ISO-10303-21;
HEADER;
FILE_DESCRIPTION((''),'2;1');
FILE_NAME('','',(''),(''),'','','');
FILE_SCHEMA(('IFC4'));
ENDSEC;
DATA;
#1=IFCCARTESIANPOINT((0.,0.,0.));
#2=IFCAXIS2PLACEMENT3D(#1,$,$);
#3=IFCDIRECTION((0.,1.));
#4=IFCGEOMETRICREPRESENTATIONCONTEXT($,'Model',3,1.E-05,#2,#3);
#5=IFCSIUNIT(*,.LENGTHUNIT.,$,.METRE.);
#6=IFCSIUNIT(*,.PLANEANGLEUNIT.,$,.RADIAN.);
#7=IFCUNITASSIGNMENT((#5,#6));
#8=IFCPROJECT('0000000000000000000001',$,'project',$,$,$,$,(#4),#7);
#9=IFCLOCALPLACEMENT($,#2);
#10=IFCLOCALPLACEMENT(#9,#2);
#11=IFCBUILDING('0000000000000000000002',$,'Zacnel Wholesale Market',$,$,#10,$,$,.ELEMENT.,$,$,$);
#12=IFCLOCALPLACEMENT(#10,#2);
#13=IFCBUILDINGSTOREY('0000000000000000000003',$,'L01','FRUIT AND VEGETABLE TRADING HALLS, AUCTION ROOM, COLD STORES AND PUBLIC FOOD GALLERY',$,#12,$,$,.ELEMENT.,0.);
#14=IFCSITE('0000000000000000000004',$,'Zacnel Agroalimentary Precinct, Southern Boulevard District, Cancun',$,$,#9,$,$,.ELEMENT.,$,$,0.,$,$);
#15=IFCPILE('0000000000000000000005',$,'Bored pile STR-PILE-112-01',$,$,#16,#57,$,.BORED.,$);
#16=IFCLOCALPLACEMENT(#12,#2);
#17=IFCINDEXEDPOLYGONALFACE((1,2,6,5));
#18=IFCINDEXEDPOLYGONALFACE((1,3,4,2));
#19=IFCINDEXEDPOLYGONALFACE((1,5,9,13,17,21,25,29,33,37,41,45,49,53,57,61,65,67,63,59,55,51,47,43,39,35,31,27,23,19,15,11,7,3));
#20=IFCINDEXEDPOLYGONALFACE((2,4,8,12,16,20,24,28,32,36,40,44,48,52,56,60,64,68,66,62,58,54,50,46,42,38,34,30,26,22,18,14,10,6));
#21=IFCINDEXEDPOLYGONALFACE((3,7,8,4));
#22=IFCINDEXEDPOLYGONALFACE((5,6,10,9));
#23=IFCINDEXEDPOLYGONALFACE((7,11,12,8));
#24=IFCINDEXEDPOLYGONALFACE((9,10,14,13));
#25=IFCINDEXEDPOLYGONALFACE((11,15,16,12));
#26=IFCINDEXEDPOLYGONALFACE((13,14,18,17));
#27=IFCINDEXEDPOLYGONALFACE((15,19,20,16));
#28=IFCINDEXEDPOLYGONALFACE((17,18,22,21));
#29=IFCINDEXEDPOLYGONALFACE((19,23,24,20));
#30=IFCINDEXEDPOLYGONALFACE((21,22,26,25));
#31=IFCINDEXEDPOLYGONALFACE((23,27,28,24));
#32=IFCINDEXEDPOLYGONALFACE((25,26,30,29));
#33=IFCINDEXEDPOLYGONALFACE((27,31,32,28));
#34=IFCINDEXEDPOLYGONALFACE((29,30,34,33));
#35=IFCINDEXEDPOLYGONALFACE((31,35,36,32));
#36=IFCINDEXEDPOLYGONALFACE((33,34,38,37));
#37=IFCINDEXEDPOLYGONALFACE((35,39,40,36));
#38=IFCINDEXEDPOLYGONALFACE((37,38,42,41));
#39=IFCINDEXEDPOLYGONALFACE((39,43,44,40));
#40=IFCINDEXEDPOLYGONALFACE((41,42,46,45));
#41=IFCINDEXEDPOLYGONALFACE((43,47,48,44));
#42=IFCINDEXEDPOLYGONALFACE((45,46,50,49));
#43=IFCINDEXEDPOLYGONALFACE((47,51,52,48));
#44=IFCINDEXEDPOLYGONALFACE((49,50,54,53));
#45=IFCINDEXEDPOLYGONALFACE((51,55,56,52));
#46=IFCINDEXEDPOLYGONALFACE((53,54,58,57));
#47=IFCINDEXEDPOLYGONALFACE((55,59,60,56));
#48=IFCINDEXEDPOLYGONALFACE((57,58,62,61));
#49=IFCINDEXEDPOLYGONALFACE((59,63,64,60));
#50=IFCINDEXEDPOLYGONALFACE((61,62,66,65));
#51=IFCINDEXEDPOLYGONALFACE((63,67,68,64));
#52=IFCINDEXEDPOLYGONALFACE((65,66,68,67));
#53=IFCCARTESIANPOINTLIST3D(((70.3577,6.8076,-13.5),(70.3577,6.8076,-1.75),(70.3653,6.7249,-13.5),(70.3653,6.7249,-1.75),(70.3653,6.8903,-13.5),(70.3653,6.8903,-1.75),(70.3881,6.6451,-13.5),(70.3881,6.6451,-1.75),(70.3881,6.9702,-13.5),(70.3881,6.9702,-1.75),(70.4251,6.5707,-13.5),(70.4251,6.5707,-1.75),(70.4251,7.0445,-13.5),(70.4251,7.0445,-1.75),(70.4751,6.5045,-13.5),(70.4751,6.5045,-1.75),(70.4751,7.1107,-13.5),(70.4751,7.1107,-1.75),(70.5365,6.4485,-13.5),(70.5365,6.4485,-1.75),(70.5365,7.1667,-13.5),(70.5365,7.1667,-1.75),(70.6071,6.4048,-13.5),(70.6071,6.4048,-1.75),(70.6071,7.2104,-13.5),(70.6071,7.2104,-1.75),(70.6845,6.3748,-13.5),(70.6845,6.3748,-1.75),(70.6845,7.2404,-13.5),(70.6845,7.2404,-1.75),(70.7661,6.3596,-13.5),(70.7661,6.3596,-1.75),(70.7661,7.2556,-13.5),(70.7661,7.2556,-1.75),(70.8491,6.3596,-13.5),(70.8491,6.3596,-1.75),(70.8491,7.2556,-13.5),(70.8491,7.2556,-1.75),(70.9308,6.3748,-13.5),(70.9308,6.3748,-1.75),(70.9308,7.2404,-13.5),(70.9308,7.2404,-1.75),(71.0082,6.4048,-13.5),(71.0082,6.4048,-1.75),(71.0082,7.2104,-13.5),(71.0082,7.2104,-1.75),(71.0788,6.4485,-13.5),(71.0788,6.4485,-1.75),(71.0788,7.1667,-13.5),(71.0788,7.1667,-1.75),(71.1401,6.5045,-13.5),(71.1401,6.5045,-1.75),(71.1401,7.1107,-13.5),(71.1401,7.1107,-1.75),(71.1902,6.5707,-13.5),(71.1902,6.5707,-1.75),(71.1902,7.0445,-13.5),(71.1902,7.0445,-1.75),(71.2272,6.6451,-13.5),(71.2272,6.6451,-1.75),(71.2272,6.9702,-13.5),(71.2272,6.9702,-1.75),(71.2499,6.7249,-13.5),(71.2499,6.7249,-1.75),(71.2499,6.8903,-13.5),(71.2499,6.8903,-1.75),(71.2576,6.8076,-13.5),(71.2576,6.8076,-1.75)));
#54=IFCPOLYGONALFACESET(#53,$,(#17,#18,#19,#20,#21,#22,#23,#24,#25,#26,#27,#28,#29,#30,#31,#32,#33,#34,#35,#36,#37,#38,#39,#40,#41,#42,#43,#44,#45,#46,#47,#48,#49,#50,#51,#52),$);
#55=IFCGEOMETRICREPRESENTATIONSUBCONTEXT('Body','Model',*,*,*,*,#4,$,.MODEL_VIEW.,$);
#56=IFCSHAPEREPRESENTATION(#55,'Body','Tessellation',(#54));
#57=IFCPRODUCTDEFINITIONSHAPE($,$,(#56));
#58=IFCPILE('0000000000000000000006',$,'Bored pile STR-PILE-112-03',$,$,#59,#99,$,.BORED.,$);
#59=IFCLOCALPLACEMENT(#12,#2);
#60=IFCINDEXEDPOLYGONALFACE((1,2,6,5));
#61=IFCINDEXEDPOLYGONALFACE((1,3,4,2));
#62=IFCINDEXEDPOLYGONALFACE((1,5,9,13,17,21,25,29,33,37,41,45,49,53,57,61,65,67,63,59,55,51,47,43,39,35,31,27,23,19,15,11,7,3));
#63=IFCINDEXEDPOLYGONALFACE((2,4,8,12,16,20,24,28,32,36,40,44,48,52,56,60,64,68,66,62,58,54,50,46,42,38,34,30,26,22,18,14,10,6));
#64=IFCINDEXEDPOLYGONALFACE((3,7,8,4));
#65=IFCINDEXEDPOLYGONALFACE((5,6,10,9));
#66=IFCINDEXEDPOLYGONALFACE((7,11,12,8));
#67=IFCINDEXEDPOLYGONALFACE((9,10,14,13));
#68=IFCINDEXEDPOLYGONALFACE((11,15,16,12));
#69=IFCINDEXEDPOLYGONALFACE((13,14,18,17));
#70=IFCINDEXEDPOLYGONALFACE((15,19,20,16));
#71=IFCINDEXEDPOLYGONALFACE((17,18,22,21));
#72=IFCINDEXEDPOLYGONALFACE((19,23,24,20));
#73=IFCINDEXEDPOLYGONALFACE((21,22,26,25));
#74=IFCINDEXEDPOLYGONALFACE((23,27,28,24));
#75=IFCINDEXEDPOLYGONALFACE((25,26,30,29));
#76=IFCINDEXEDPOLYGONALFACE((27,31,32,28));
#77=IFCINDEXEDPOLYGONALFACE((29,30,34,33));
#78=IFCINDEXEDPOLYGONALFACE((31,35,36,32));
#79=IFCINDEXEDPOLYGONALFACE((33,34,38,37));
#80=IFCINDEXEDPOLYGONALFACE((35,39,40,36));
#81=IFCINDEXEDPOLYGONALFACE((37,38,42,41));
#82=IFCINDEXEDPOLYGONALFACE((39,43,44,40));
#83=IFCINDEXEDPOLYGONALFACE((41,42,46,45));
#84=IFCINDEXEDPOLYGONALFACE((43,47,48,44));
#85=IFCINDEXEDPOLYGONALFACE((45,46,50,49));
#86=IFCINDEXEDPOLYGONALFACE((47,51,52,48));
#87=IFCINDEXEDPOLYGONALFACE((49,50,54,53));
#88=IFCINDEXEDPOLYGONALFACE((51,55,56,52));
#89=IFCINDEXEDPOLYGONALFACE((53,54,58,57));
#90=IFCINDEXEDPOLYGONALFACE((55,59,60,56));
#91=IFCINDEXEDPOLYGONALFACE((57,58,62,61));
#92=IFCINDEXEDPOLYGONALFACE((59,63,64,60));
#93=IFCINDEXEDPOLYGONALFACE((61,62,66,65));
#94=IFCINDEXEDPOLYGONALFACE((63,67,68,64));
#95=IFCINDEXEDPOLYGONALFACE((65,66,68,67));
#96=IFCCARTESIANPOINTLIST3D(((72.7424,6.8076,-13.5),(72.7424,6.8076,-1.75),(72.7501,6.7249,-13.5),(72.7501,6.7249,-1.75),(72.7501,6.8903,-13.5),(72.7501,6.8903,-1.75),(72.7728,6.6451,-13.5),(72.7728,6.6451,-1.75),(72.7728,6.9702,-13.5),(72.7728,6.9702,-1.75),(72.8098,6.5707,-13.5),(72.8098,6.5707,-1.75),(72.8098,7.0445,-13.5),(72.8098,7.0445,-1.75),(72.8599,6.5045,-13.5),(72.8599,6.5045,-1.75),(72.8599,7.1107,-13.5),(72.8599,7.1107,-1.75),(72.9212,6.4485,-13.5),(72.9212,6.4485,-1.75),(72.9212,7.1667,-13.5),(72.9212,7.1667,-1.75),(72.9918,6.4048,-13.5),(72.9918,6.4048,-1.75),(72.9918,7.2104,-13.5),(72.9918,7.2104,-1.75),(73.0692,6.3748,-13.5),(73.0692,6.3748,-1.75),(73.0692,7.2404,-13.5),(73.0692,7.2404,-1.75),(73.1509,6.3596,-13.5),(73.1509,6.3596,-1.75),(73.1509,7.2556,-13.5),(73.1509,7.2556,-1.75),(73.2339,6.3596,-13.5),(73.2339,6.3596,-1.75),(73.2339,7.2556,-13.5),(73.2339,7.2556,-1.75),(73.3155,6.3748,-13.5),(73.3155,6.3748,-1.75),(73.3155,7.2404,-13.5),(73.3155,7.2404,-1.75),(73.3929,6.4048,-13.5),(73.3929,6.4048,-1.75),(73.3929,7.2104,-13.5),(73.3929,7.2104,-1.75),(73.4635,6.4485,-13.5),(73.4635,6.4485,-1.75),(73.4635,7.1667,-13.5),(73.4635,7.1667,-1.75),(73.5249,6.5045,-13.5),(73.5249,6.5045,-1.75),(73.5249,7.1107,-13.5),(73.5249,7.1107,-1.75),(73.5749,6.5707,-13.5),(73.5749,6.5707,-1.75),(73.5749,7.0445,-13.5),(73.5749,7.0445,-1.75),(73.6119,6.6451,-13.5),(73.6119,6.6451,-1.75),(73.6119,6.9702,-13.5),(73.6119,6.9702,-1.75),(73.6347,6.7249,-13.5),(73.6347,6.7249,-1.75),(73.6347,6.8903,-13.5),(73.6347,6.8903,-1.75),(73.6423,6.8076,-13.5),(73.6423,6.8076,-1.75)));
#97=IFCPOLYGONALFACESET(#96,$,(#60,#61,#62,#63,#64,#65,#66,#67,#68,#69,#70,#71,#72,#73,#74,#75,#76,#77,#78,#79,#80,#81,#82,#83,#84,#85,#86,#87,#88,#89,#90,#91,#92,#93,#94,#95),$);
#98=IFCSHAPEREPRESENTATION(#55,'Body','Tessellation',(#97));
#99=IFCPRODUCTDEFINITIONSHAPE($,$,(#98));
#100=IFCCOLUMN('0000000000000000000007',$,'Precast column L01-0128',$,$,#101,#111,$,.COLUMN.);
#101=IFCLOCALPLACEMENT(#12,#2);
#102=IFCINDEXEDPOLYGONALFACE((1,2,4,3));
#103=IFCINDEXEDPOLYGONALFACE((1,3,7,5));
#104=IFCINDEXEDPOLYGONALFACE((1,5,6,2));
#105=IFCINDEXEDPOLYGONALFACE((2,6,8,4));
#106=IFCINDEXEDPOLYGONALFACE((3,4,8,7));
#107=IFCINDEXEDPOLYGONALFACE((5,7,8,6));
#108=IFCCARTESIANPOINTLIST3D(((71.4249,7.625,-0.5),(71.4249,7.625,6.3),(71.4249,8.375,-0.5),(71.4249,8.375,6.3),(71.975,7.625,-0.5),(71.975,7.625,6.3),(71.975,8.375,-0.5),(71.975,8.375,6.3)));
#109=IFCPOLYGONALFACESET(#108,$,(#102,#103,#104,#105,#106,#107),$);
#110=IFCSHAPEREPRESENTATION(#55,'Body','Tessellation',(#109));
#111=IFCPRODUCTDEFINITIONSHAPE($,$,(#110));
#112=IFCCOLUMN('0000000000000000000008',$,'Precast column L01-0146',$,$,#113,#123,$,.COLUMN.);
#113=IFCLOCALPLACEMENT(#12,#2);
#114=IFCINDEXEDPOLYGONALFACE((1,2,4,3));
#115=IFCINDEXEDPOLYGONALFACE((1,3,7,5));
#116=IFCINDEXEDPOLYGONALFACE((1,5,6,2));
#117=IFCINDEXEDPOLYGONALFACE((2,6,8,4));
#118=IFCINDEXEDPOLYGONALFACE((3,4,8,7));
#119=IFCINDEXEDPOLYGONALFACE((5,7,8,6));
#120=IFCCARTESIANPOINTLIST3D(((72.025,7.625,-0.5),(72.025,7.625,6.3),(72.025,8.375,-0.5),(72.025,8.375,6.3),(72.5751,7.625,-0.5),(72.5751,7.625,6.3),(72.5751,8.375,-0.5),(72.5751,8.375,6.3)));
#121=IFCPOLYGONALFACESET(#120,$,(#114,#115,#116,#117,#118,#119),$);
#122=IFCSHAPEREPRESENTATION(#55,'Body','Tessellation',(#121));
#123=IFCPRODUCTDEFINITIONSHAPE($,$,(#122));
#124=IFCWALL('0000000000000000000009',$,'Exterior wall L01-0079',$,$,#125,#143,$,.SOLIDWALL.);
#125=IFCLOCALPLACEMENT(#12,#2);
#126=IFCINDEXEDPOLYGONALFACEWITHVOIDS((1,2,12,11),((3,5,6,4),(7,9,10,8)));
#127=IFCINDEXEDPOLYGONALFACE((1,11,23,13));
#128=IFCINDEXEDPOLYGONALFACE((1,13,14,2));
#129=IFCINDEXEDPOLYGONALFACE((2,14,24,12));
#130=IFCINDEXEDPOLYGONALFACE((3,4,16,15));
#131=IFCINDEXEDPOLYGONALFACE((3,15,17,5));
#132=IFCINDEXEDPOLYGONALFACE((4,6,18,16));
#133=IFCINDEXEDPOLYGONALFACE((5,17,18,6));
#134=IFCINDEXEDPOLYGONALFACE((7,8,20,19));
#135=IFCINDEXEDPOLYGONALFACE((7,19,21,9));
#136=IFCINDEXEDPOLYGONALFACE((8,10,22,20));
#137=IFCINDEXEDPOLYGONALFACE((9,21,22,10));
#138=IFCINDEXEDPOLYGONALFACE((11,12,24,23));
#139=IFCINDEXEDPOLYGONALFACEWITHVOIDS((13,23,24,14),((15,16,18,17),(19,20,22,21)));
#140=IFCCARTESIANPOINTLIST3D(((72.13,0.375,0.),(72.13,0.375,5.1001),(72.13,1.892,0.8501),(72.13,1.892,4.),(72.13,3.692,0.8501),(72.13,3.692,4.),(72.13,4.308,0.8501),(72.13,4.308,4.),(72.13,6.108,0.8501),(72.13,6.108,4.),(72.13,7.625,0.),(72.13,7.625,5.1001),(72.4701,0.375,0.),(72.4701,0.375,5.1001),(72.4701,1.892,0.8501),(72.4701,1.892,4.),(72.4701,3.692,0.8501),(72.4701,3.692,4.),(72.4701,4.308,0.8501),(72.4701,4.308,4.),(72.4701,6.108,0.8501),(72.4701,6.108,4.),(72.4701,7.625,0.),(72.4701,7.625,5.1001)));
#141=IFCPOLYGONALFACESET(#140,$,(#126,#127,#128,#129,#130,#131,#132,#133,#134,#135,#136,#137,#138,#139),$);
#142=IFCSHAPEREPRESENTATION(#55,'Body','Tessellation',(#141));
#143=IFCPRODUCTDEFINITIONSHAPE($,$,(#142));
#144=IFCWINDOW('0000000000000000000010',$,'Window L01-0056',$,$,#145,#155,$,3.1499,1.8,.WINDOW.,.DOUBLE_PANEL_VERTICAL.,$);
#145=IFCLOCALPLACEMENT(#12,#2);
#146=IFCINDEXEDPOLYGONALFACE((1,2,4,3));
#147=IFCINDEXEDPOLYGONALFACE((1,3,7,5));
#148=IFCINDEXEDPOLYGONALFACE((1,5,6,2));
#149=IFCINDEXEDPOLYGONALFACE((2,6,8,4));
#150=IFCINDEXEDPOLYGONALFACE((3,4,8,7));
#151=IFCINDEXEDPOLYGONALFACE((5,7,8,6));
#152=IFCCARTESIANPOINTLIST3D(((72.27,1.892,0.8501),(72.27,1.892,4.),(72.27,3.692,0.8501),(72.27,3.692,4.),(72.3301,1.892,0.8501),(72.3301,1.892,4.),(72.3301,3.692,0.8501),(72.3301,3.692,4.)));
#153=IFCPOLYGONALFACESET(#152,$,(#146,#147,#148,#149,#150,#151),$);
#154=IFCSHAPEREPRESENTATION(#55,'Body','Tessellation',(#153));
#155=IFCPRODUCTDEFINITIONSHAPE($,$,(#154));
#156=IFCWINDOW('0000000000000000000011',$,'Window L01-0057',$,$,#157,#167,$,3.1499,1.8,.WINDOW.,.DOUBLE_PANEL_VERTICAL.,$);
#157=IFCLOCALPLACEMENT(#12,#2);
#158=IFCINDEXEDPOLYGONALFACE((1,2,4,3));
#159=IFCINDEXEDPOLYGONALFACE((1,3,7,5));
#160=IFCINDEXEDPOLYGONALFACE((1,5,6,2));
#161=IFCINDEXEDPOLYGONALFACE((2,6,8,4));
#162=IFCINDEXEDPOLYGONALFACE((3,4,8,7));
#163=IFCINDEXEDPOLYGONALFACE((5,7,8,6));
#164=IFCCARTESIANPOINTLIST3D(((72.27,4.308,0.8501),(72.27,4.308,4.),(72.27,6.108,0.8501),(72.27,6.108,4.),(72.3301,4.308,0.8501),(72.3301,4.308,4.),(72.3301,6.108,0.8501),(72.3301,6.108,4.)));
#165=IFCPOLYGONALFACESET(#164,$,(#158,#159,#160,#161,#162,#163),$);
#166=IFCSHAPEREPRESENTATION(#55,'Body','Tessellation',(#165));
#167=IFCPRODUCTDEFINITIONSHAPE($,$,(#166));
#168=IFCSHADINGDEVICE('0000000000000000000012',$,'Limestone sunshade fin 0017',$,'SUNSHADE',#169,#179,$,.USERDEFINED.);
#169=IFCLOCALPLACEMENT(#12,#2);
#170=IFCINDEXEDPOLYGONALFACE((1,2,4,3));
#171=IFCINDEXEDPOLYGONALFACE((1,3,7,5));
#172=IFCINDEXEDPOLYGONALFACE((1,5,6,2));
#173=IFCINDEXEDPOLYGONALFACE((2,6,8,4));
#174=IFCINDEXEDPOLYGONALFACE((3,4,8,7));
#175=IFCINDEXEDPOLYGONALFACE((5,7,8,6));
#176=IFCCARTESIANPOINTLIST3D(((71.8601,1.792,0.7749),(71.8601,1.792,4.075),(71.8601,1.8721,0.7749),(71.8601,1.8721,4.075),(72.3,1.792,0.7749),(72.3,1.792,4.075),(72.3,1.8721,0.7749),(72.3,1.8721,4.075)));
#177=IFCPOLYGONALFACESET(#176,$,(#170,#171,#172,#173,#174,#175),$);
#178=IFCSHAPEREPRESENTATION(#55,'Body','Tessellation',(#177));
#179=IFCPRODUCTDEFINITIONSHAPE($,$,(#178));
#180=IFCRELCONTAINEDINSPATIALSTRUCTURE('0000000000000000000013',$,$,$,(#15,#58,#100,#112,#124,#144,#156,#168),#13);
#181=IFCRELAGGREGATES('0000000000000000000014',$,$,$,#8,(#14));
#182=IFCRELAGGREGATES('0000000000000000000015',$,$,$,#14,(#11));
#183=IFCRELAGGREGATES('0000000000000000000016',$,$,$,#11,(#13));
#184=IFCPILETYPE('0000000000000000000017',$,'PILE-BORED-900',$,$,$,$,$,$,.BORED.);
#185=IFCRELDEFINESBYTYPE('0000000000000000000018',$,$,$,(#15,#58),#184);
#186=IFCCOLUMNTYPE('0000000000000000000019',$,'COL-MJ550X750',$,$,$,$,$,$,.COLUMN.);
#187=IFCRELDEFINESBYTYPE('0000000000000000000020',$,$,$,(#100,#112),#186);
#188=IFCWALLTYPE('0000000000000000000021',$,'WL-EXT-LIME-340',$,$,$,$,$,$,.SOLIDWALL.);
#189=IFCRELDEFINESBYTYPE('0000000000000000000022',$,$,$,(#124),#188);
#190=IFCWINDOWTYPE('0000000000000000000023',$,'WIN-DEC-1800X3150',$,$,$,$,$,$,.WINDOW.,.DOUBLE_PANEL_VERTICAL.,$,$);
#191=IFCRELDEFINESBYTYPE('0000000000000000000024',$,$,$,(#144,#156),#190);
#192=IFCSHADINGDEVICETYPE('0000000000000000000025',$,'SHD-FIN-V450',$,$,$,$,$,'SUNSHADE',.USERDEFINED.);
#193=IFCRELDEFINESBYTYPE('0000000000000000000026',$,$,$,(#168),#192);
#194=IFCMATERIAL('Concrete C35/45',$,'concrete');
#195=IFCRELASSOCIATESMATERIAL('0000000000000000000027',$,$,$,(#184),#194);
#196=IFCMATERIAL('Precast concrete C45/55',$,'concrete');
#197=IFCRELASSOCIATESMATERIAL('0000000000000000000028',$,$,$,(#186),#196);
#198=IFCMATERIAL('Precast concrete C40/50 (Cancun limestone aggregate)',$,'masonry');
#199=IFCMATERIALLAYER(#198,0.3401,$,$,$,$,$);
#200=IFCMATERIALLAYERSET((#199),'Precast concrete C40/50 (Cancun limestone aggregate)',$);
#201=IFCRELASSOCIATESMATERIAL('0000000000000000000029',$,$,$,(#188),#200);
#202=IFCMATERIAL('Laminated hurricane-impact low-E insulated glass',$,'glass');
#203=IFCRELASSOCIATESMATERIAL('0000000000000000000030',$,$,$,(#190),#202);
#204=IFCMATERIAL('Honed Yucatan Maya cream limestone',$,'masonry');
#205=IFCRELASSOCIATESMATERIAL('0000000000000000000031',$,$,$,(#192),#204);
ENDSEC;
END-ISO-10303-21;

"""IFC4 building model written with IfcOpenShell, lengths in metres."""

from ifc_helpers import new_model, si_unit, direction, frame, frame_2d, origin, origin_2d, place, context, subcontext, project, spatial, rectangle, circle, extrude, material, layer, layer_set, material_profile, profile_set, type_object, element, fill, save


model = new_model("IFC4")

# Units and contexts
model_context = context("Model", 3, precision=1e-05, world=origin(), true_north=direction((0.0, 1.0)))
body_context = subcontext(model_context, "Body", "Model", "MODEL_VIEW")
ifc_project = project(units=[si_unit("LENGTHUNIT", "METRE"), si_unit("PLANEANGLEUNIT", "RADIAN")], contexts=[model_context])

# Site, building, storey
site_placement = place(None, origin())
site = spatial("IfcSite", under=ifc_project, at=site_placement, Name="Zacnel Agroalimentary Precinct, Southern Boulevard District, Cancun", CompositionType="ELEMENT", RefElevation=0.0)
building_placement = place(site_placement, origin())
building = spatial("IfcBuilding", under=site, at=building_placement, Name="Zacnel Wholesale Market", CompositionType="ELEMENT")
storey_placement = place(building_placement, origin())
storey = spatial("IfcBuildingStorey", under=building, at=storey_placement, Name="L01", Description="FRUIT AND VEGETABLE TRADING HALLS, AUCTION ROOM, COLD STORES AND PUBLIC FOOD GALLERY", CompositionType="ELEMENT", Elevation=0.0)

# Piles
ifc_material_1 = material(Name="Concrete C35/45", Category="concrete")
ifc_material_profile_1 = material_profile(ifc_material_1, circle(Radius=0.45, at=origin_2d()), Name="BORED PILE D900")
ifc_profile_set_1 = profile_set([ifc_material_profile_1], Name="Concrete C35/45")
pile_type_1 = type_object("IfcPileType", Name="PILE-BORED-900", PredefinedType="BORED", material=ifc_profile_set_1)
for number, where, z_axis, x_axis, name in (
    (1, (70.8076, 6.8076, -1.75), (0.0, 0.0, -1.0), (1.0, 0.0, 0.0), "Bored pile STR-PILE-112-01"),
    (2, (73.1924, 6.8076, -1.75), (0.0, 0.0, -1.0), (1.0, 0.0, 0.0), "Bored pile STR-PILE-112-03"),
):
    element("IfcPile", number, at=place(storey_placement, frame(where, z_axis=z_axis, x_axis=x_axis)), inside=storey, type_object=pile_type_1, Name=name, PredefinedType="BORED", context=body_context, shape_type="SweptSolid", body=[
        extrude(circle(Radius=0.45, at=origin_2d()), origin(), (0.0, 0.0, 1.0), 11.75),
    ])

# Columns
ifc_material_2 = material(Name="Precast concrete C45/55", Category="concrete")
ifc_material_profile_2 = material_profile(ifc_material_2, rectangle(XDim=0.55, YDim=0.75, at=origin_2d()), Name="PC 550x750")
ifc_profile_set_2 = profile_set([ifc_material_profile_2], Name="Precast concrete C45/55")
column_type = type_object("IfcColumnType", Name="COL-MJ550X750", PredefinedType="COLUMN", material=ifc_profile_set_2)
for number, where, z_axis, x_axis, name in (
    (3, (71.7, 8.0, -0.5), (0.0, 0.0, 1.0), (1.0, 0.0, 0.0), "Precast column L01-0128"),
    (4, (72.3, 8.0, -0.5), (0.0, 0.0, 1.0), (1.0, 0.0, 0.0), "Precast column L01-0146"),
):
    element("IfcColumn", number, at=place(storey_placement, frame(where, z_axis=z_axis, x_axis=x_axis)), inside=storey, type_object=column_type, Name=name, PredefinedType="COLUMN", context=body_context, shape_type="SweptSolid", body=[
        extrude(rectangle(XDim=0.55, YDim=0.75, at=origin_2d()), origin(), (0.0, 0.0, 1.0), 6.8),
    ])

# Wall, openings, windows
ifc_material_3 = material(Name="Precast concrete C40/50 (Cancun limestone aggregate)", Category="masonry")
ifc_layer_1 = layer(ifc_material_3, 0.3401)
ifc_layer_set_1 = layer_set([ifc_layer_1], Name="Precast concrete C40/50 (Cancun limestone aggregate)")
wall_type = type_object("IfcWallType", Name="WL-EXT-LIME-340", PredefinedType="SOLIDWALL", material=ifc_layer_set_1)
wall_placement = place(storey_placement, frame((72.3, 0.375, 0.0), z_axis=(0.0, 0.0, 1.0), x_axis=(0.0, 1.0, 0.0)))
wall = element("IfcWall", 5, at=wall_placement, inside=storey, type_object=wall_type, Name="Exterior wall L01-0079", PredefinedType="SOLIDWALL", context=body_context, shape_type="SweptSolid", body=[
    extrude(rectangle(XDim=7.25, YDim=0.3401, at=frame_2d((3.625, 0.0))), origin(), (0.0, 0.0, 1.0), 5.1001),
])
opening_1_placement = place(wall_placement, frame((1.5171, 0.0, 0.8501)))
opening_1 = element("IfcOpeningElement", 6, at=opening_1_placement, cuts=wall, PredefinedType="OPENING", context=body_context, shape_type="SweptSolid", body=[
    extrude(rectangle(XDim=1.8, YDim=3.1499, at=frame_2d((0.8999, 1.575))), frame((0.0, 0.1799, 0.0), z_axis=(0.0, -1.0, 0.0), x_axis=(1.0, 0.0, 0.0)), (0.0, 0.0, 1.0), 0.3601),
])
opening_2_placement = place(wall_placement, frame((3.9331, 0.0, 0.8501)))
opening_2 = element("IfcOpeningElement", 7, at=opening_2_placement, cuts=wall, PredefinedType="OPENING", context=body_context, shape_type="SweptSolid", body=[
    extrude(rectangle(XDim=1.8, YDim=3.1499, at=frame_2d((0.8999, 1.575))), frame((0.0, 0.1799, 0.0), z_axis=(0.0, -1.0, 0.0), x_axis=(1.0, 0.0, 0.0)), (0.0, 0.0, 1.0), 0.3601),
])
ifc_material_4 = material(Name="Laminated hurricane-impact low-E insulated glass", Category="glass")
window_type = type_object("IfcWindowType", Name="WIN-DEC-1800X3150", PartitioningType="DOUBLE_PANEL_VERTICAL", PredefinedType="WINDOW", material=ifc_material_4)
window_1_placement = place(opening_1_placement, origin())
window_1 = element("IfcWindow", 8, at=window_1_placement, inside=storey, type_object=window_type, Name="Window L01-0056", OverallHeight=3.1499, OverallWidth=1.8, PartitioningType="DOUBLE_PANEL_VERTICAL", PredefinedType="WINDOW", context=body_context, shape_type="SweptSolid", body=[
    extrude(rectangle(XDim=1.8, YDim=3.1499, at=frame_2d((0.8999, 1.575))), frame((0.0, 0.03, 0.0), z_axis=(0.0, -1.0, 0.0), x_axis=(1.0, 0.0, 0.0)), (0.0, 0.0, 1.0), 0.0601),
])
fill(opening_1, window_1)
window_2_placement = place(opening_2_placement, origin())
window_2 = element("IfcWindow", 9, at=window_2_placement, inside=storey, type_object=window_type, Name="Window L01-0057", OverallHeight=3.1499, OverallWidth=1.8, PartitioningType="DOUBLE_PANEL_VERTICAL", PredefinedType="WINDOW", context=body_context, shape_type="SweptSolid", body=[
    extrude(rectangle(XDim=1.8, YDim=3.1499, at=frame_2d((0.8999, 1.575))), frame((0.0, 0.03, 0.0), z_axis=(0.0, -1.0, 0.0), x_axis=(1.0, 0.0, 0.0)), (0.0, 0.0, 1.0), 0.0601),
])
fill(opening_2, window_2)

# Shading device
ifc_material_5 = material(Name="Honed Yucatan Maya cream limestone", Category="masonry")
shading_device_type = type_object("IfcShadingDeviceType", Name="SHD-FIN-V450", ElementType="SUNSHADE", PredefinedType="USERDEFINED", material=ifc_material_5)
for number, where, z_axis, x_axis, name in (
    (10, (72.0801, 1.832, 0.7749), (0.0, 0.0, 1.0), (0.0, 1.0, 0.0), "Limestone sunshade fin 0017"),
):
    element("IfcShadingDevice", number, at=place(storey_placement, frame(where, z_axis=z_axis, x_axis=x_axis)), inside=storey, type_object=shading_device_type, Name=name, ObjectType="SUNSHADE", PredefinedType="USERDEFINED", context=body_context, shape_type="SweptSolid", body=[
        extrude(rectangle(XDim=0.0801, YDim=0.4399, at=origin_2d()), origin(), (0.0, 0.0, 1.0), 3.3),
    ])

save(model, "model.ifc")
